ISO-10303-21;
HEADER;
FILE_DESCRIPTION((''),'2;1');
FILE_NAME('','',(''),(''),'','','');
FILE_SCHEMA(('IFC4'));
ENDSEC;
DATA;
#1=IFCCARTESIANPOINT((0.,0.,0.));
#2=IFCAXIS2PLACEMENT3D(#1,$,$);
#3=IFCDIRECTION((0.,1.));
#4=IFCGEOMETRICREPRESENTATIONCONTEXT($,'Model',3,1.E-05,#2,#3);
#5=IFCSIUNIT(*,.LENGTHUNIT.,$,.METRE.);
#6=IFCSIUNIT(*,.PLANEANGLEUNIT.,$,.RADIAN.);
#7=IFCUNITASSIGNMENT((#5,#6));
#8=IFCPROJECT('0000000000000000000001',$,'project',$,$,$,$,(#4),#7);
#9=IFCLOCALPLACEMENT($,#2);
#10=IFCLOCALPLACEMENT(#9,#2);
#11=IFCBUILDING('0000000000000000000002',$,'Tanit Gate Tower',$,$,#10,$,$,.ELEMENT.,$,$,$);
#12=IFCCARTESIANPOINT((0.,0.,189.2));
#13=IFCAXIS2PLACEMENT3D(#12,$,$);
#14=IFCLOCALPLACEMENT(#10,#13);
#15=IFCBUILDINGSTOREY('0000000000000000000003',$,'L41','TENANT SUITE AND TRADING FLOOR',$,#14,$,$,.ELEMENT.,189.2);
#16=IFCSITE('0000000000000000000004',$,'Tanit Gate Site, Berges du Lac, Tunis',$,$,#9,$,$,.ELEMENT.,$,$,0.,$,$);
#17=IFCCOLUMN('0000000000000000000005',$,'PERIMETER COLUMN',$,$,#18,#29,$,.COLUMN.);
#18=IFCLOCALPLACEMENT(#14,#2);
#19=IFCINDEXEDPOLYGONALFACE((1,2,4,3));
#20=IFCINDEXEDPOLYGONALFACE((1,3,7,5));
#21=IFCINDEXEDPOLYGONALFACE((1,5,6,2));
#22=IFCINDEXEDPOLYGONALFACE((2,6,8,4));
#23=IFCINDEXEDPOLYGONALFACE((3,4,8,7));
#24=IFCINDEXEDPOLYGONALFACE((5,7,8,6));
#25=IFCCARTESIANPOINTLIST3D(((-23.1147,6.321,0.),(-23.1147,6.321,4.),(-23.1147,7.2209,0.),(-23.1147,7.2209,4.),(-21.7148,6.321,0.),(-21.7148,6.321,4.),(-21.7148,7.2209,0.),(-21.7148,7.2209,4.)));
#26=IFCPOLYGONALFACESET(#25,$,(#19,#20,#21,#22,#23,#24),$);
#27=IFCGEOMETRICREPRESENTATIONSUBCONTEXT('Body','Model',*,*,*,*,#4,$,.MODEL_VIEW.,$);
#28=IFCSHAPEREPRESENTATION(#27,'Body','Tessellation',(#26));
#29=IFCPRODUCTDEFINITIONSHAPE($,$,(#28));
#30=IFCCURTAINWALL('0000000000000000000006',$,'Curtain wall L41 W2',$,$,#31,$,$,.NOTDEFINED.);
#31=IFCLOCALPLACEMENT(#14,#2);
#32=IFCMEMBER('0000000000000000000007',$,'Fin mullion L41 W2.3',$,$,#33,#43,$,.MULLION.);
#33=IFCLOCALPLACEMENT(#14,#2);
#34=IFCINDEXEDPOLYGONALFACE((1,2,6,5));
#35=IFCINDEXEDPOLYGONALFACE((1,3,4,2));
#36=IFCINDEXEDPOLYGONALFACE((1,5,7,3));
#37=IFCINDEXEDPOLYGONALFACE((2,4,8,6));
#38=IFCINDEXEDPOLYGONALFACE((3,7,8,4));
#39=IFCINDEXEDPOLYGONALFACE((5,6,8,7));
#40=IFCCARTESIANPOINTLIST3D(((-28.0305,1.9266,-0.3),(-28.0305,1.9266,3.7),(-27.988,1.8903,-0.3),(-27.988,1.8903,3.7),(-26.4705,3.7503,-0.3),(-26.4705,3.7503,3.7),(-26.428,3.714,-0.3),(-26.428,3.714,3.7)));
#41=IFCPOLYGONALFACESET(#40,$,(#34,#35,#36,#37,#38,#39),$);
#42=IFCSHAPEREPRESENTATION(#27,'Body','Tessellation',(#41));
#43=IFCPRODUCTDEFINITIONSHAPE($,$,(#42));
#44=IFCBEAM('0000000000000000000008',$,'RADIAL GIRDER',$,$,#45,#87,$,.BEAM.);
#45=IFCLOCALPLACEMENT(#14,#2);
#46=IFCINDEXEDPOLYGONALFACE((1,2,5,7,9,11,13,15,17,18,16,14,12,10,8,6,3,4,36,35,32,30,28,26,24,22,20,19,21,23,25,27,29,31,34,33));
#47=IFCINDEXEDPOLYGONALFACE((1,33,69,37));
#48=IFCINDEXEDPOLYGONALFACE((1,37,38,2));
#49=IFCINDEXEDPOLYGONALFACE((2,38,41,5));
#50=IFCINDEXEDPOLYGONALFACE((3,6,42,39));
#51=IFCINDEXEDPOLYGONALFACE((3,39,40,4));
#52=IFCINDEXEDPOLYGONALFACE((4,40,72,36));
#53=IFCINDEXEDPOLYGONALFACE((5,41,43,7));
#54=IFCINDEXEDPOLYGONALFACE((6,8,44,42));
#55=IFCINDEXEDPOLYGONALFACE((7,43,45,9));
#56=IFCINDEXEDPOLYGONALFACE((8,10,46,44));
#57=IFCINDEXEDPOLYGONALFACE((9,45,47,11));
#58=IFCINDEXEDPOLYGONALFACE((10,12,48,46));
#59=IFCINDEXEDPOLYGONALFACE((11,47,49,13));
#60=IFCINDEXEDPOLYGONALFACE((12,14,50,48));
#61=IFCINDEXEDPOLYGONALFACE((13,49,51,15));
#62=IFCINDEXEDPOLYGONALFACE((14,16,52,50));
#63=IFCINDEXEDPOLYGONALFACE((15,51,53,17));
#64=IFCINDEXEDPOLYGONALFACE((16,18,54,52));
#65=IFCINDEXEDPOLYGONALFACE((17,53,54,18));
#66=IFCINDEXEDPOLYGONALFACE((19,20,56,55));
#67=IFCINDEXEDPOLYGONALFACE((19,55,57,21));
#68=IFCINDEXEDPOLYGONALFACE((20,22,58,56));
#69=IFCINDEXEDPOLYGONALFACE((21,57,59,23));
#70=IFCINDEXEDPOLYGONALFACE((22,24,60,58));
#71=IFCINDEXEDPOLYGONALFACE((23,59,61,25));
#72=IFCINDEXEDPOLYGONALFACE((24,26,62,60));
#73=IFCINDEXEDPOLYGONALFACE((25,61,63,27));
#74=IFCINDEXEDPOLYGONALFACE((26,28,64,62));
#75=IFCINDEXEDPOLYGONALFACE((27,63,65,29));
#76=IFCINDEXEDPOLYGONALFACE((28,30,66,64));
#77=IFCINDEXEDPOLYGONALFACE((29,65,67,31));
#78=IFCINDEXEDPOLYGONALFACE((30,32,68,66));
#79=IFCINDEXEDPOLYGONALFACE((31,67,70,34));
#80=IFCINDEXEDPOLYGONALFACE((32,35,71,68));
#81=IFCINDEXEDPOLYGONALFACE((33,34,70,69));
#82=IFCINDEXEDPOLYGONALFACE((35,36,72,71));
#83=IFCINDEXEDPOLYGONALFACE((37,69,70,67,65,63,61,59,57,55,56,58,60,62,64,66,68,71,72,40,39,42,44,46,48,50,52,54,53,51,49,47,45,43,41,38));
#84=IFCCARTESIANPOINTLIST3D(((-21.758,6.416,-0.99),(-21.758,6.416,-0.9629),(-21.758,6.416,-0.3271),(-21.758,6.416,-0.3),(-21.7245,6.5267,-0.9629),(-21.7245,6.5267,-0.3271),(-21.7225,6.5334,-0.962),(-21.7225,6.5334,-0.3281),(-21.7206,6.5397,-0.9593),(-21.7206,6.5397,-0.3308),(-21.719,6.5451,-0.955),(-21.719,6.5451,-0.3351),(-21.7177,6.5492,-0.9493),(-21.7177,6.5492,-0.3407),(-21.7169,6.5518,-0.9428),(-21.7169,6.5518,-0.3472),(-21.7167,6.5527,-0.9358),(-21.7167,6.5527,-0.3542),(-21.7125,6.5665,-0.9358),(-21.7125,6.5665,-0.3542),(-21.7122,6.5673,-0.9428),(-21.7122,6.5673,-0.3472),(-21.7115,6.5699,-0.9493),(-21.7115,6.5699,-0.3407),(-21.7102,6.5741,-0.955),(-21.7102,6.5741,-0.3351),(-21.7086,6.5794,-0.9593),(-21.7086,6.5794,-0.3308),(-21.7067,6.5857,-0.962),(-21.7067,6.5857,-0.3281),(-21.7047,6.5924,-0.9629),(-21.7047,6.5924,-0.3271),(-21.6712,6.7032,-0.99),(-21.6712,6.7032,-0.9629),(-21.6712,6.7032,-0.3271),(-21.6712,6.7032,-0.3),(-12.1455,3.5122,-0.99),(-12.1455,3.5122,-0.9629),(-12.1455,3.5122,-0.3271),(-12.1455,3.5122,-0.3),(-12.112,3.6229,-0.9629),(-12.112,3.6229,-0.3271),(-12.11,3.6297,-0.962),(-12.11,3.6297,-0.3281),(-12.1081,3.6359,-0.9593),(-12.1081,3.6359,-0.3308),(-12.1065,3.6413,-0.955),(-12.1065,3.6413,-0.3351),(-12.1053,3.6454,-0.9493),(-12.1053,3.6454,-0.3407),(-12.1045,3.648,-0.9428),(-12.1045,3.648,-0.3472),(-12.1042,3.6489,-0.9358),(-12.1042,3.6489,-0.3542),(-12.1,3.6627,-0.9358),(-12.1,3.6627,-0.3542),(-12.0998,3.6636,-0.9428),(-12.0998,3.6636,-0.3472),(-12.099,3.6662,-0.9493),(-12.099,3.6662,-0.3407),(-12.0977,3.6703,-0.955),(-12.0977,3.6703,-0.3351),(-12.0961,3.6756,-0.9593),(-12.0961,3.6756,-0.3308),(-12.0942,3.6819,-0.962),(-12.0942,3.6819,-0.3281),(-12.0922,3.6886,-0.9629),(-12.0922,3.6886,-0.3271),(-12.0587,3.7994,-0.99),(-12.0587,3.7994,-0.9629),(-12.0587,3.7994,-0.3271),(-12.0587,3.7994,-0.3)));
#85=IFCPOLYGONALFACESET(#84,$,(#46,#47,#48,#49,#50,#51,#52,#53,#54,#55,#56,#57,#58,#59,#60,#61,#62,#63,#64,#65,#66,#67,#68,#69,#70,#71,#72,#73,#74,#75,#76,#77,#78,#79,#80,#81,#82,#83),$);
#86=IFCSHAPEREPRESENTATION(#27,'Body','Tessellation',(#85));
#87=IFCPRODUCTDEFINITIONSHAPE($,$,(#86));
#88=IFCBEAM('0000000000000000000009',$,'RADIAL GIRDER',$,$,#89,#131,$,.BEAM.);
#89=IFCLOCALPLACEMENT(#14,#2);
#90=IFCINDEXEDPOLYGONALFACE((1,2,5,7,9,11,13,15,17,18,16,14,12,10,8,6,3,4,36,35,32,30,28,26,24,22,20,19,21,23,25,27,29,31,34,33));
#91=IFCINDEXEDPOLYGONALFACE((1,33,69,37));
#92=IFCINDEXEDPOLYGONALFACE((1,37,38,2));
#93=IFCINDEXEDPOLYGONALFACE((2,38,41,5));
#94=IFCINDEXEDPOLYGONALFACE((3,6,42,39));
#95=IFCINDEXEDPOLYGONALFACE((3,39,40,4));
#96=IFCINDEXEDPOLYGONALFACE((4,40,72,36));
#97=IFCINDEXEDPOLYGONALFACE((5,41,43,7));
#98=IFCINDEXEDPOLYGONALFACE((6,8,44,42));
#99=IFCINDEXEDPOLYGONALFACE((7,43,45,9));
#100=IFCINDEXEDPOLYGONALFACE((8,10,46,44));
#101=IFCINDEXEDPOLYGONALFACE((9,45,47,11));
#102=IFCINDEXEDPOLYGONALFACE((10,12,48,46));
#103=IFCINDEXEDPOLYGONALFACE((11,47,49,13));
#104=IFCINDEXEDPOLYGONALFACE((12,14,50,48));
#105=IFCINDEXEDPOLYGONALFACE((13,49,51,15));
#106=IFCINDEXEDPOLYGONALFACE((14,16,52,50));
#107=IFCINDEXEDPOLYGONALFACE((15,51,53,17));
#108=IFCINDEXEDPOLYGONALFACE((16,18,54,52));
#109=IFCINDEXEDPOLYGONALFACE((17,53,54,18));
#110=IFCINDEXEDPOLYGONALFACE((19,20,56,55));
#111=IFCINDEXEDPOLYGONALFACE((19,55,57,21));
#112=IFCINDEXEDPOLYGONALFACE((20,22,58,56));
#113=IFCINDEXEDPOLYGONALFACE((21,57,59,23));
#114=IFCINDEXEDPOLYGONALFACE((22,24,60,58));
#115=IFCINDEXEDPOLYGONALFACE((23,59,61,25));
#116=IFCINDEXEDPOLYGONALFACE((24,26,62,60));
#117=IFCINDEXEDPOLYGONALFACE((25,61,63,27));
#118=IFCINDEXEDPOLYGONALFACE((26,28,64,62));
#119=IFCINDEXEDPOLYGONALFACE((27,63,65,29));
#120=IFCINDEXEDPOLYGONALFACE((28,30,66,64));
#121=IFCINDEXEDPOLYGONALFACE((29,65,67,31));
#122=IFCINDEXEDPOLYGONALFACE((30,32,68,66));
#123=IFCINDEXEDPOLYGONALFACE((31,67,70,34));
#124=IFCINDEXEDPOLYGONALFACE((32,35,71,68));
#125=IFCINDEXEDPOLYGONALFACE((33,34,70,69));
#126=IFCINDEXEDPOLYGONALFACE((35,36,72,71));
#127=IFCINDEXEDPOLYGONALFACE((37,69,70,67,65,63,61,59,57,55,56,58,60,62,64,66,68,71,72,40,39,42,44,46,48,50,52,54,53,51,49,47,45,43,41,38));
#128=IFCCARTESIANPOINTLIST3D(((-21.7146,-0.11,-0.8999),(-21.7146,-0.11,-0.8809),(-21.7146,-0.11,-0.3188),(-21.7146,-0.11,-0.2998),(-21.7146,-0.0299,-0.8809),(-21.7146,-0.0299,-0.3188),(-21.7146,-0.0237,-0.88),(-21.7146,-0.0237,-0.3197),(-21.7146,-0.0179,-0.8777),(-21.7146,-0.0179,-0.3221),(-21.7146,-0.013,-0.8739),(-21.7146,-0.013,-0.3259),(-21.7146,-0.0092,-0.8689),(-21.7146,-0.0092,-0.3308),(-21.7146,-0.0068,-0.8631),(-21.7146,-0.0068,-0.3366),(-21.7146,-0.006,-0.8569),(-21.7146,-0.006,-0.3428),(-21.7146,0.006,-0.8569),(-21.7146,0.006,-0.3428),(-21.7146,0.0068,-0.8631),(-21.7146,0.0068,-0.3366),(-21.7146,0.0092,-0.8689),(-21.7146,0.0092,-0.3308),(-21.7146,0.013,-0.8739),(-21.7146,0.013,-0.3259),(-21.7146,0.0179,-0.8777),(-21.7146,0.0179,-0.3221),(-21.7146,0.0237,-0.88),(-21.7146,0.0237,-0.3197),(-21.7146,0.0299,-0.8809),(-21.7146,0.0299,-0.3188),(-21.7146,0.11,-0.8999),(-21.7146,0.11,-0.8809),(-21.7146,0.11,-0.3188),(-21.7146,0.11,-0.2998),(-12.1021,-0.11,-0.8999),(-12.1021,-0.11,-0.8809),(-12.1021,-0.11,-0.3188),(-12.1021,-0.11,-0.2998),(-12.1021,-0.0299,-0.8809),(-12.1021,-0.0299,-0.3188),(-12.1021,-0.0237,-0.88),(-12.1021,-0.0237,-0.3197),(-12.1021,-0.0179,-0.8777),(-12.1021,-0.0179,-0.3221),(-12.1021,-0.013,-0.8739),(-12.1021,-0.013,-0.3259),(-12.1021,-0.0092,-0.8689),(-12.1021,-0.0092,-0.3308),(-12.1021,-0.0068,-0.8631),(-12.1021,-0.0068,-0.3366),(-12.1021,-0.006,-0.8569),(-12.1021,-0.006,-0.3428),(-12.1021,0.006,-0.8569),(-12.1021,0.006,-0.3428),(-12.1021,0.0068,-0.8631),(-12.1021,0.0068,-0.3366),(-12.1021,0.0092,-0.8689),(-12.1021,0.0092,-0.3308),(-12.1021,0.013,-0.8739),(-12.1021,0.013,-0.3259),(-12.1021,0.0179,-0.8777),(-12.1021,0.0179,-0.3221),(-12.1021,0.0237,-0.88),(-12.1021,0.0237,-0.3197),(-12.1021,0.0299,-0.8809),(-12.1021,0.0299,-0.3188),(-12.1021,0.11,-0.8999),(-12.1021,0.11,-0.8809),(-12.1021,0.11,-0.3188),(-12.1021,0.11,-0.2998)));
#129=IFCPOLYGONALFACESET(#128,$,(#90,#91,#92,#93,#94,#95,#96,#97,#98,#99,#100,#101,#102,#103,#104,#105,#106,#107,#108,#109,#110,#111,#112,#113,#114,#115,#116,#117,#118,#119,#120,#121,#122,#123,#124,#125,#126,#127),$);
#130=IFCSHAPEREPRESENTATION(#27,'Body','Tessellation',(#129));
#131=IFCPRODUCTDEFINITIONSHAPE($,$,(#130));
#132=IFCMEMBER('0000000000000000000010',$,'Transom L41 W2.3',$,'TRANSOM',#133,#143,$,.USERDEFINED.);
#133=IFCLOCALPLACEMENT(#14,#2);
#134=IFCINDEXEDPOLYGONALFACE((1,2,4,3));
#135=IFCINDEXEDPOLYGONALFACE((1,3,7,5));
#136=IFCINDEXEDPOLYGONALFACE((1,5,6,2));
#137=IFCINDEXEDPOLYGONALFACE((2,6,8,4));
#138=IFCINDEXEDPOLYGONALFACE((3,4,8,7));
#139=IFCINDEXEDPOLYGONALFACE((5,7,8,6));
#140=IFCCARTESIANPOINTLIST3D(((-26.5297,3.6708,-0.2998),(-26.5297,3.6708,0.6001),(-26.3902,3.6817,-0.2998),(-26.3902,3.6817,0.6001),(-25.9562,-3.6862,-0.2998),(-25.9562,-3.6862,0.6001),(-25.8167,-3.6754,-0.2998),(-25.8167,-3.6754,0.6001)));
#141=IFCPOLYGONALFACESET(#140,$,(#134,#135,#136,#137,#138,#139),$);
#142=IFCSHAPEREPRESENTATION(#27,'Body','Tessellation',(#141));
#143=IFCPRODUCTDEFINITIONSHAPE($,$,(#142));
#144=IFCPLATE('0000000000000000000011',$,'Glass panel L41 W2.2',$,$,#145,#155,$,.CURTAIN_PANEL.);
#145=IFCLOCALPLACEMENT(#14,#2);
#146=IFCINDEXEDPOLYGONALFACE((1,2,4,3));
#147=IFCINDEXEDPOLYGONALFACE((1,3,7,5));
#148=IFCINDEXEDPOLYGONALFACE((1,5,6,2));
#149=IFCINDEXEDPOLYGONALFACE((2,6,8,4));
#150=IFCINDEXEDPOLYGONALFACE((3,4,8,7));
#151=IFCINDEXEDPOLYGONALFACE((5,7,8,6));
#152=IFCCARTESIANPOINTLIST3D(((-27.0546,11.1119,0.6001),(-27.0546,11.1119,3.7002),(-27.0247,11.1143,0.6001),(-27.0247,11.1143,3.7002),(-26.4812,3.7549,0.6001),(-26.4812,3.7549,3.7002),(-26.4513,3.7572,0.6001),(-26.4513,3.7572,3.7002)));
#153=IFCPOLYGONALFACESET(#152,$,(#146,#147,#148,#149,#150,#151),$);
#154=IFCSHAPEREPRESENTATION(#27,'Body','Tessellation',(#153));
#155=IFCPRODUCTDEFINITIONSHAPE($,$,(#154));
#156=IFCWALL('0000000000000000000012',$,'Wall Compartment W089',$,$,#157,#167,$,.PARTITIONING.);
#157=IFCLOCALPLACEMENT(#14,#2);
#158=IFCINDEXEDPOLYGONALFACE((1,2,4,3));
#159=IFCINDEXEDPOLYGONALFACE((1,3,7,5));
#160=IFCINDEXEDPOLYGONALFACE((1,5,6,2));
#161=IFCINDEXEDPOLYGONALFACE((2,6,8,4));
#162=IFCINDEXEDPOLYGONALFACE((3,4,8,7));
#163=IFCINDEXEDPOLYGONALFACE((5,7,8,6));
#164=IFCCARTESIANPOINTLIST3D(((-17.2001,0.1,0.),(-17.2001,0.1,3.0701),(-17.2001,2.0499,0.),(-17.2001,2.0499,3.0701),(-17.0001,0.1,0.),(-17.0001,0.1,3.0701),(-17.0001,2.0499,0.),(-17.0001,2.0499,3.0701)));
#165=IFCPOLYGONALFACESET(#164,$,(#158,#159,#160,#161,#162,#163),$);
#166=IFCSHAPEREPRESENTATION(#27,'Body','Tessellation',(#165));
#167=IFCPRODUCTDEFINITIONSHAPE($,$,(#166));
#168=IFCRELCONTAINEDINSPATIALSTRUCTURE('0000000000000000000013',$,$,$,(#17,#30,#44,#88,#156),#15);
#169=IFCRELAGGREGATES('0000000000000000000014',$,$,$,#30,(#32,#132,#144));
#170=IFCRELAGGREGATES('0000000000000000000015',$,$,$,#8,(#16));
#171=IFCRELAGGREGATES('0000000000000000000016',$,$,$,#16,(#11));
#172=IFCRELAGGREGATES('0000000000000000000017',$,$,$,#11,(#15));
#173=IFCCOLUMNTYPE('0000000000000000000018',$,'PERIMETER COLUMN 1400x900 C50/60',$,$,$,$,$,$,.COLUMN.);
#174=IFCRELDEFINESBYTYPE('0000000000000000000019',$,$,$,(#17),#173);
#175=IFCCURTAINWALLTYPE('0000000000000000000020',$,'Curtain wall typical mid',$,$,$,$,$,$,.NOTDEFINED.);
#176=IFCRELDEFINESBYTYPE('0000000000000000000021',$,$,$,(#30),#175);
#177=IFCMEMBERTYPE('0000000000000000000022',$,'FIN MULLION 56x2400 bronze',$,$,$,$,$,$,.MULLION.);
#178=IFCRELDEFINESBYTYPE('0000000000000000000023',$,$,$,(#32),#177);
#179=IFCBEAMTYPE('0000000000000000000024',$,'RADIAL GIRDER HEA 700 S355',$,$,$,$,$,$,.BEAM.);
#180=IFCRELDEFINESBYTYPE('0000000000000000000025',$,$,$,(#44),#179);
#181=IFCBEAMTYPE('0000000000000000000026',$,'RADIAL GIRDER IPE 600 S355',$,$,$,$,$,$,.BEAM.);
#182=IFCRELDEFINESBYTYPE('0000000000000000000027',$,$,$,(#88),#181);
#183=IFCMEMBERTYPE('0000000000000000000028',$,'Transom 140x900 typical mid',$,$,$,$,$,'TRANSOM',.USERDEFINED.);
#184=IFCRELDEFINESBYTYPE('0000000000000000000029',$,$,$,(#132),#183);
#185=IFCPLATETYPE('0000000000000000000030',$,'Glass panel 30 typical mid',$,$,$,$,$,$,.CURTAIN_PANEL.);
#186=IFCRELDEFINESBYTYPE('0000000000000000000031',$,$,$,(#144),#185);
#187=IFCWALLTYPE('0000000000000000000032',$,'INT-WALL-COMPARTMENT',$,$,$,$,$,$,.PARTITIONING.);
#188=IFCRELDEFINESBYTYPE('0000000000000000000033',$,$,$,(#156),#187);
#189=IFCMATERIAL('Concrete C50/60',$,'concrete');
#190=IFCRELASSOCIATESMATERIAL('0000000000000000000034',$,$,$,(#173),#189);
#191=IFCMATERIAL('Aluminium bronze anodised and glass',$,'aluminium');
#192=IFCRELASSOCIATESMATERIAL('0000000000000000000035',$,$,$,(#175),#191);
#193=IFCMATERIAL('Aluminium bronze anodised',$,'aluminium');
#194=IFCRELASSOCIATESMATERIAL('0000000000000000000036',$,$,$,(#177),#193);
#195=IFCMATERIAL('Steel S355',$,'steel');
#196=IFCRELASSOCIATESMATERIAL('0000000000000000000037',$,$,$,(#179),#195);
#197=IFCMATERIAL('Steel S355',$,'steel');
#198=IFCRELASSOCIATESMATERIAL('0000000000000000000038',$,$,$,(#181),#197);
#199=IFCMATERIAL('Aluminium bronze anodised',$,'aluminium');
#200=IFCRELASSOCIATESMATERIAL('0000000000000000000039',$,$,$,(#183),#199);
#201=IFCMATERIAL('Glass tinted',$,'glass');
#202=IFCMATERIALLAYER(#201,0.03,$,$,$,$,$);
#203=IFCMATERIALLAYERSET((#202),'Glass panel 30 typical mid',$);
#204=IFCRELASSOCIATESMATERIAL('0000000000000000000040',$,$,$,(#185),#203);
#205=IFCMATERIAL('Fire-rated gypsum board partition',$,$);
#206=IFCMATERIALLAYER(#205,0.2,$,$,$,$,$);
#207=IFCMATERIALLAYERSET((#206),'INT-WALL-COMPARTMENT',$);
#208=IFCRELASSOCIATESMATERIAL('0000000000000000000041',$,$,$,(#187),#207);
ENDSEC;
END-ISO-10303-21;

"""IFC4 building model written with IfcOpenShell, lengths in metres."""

from ifc_helpers import new_model, si_unit, direction, frame, frame_2d, origin, origin_2d, place, context, subcontext, project, spatial, rectangle, i_section, extrude, material, layer, layer_set, material_profile, profile_set, type_object, element, aggregate, save


model = new_model("IFC4")

# Units and contexts
model_context = context("Model", 3, precision=1e-05, world=origin(), true_north=direction((0.0, 1.0)))
body_context = subcontext(model_context, "Body", "Model", "MODEL_VIEW")
ifc_project = project(units=[si_unit("LENGTHUNIT", "METRE"), si_unit("PLANEANGLEUNIT", "RADIAN")], contexts=[model_context])

# Site, building, storey
site_placement = place(None, origin())
site = spatial("IfcSite", under=ifc_project, at=site_placement, Name="Tanit Gate Site, Berges du Lac, Tunis", CompositionType="ELEMENT", RefElevation=0.0)
building_placement = place(site_placement, origin())
building = spatial("IfcBuilding", under=site, at=building_placement, Name="Tanit Gate Tower", CompositionType="ELEMENT")
storey_placement = place(building_placement, frame((0.0, 0.0, 189.2)))
storey = spatial("IfcBuildingStorey", under=building, at=storey_placement, Name="L41", Description="TENANT SUITE AND TRADING FLOOR", CompositionType="ELEMENT", Elevation=189.2)

# Column
ifc_material_1 = material(Name="Concrete C50/60", Category="concrete")
ifc_material_profile_1 = material_profile(ifc_material_1, rectangle(XDim=1.3999, YDim=0.8999, at=origin_2d()), Name="RC 1400x900")
ifc_profile_set_1 = profile_set([ifc_material_profile_1], Name="Concrete C50/60")
column_type = type_object("IfcColumnType", Name="PERIMETER COLUMN 1400x900 C50/60", PredefinedType="COLUMN", material=ifc_profile_set_1)
column_placement = place(storey_placement, frame((-22.4148, 6.771, 0.0), z_axis=(0.0, 0.0, 1.0), x_axis=(-1.0, 0.0, 0.0)))
element("IfcColumn", 1, at=column_placement, inside=storey, type_object=column_type, Name="PERIMETER COLUMN", PredefinedType="COLUMN", context=body_context, shape_type="SweptSolid", body=[
    extrude(rectangle(XDim=1.3999, YDim=0.8999, at=origin_2d()), origin(), (0.0, 0.0, 1.0), 4.0),
])

# Curtain wall, member
ifc_material_2 = material(Name="Aluminium bronze anodised and glass", Category="aluminium")
curtain_wall_type = type_object("IfcCurtainWallType", Name="Curtain wall typical mid", PredefinedType="NOTDEFINED", material=ifc_material_2)
curtain_wall_placement = place(storey_placement, origin())
curtain_wall = element("IfcCurtainWall", 2, at=curtain_wall_placement, inside=storey, type_object=curtain_wall_type, Name="Curtain wall L41 W2", PredefinedType="NOTDEFINED")
ifc_material_3 = material(Name="Aluminium bronze anodised", Category="aluminium")
ifc_material_profile_2 = material_profile(ifc_material_3, rectangle(XDim=2.3999, YDim=0.0559, at=origin_2d()), Name="56x2400 bronze fin mullion")
ifc_profile_set_2 = profile_set([ifc_material_profile_2], Name="Aluminium bronze anodised")
member_type_1 = type_object("IfcMemberType", Name="FIN MULLION 56x2400 bronze", PredefinedType="MULLION", material=ifc_profile_set_2)
member_1_placement = place(storey_placement, frame((-27.2292, 2.8203, -0.3), z_axis=(0.0, 0.0, 1.0), x_axis=(0.650026, 0.759912, 0.0)))
member_1 = element("IfcMember", 3, at=member_1_placement, type_object=member_type_1, Name="Fin mullion L41 W2.3", PredefinedType="MULLION", context=body_context, shape_type="SweptSolid", body=[
    extrude(rectangle(XDim=2.3999, YDim=0.0559, at=origin_2d()), origin(), (0.0, 0.0, 1.0), 4.0),
])

# Beams
ifc_material_4 = material(Name="Steel S355", Category="steel")
ifc_material_profile_3 = material_profile(ifc_material_4, i_section(OverallWidth=0.3, OverallDepth=0.6899, WebThickness=0.0144, FlangeThickness=0.0271, FilletRadius=0.0271, at=origin_2d()), Name="HEA 700")
ifc_profile_set_3 = profile_set([ifc_material_profile_3], Name="Steel S355")
beam_type_1 = type_object("IfcBeamType", Name="RADIAL GIRDER HEA 700 S355", PredefinedType="BEAM", material=ifc_profile_set_3)
beam_1_placement = place(storey_placement, frame((-21.7146, 6.5596, -0.645), z_axis=(0.957275, -0.289179, 0.0), x_axis=(0.289179, 0.957275, 0.0)))
element("IfcBeam", 4, at=beam_1_placement, inside=storey, type_object=beam_type_1, Name="RADIAL GIRDER", PredefinedType="BEAM", context=body_context, shape_type="SweptSolid", body=[
    extrude(i_section(OverallWidth=0.3, OverallDepth=0.6899, WebThickness=0.0144, FlangeThickness=0.0271, FilletRadius=0.0271, at=origin_2d()), origin(), (0.0, 0.0, 1.0), 10.0415),
])
ifc_material_5 = material(Name="Steel S355", Category="steel")
ifc_material_profile_4 = material_profile(ifc_material_5, i_section(OverallWidth=0.22, OverallDepth=0.6001, WebThickness=0.012, FlangeThickness=0.019, FilletRadius=0.0239, at=origin_2d()), Name="IPE 600")
ifc_profile_set_4 = profile_set([ifc_material_profile_4], Name="Steel S355")
beam_type_2 = type_object("IfcBeamType", Name="RADIAL GIRDER IPE 600 S355", PredefinedType="BEAM", material=ifc_profile_set_4)
beam_2_placement = place(storey_placement, frame((-21.7146, 0.0, -0.5999), z_axis=(1.0, 0.0, 0.0), x_axis=(0.0, 1.0, 0.0)))
element("IfcBeam", 5, at=beam_2_placement, inside=storey, type_object=beam_type_2, Name="RADIAL GIRDER", PredefinedType="BEAM", context=body_context, shape_type="SweptSolid", body=[
    extrude(i_section(OverallWidth=0.22, OverallDepth=0.6001, WebThickness=0.012, FlangeThickness=0.019, FilletRadius=0.0239, at=origin_2d()), origin(), (0.0, 0.0, 1.0), 9.6125),
])

# Member
ifc_material_6 = material(Name="Aluminium bronze anodised", Category="aluminium")
ifc_material_profile_5 = material_profile(ifc_material_6, rectangle(XDim=0.1399, YDim=0.8999, at=origin_2d()), Name="140x900 bronze transom")
ifc_profile_set_5 = profile_set([ifc_material_profile_5], Name="Aluminium bronze anodised")
member_type_2 = type_object("IfcMemberType", Name="Transom 140x900 typical mid", ElementType="TRANSOM", PredefinedType="USERDEFINED", material=ifc_profile_set_5)
member_2_placement = place(storey_placement, frame((-26.46, 3.6763, 0.1501), z_axis=(0.077713, -0.996976, 0.0), x_axis=(0.996976, 0.077713, 0.0)))
member_2 = element("IfcMember", 6, at=member_2_placement, type_object=member_type_2, Name="Transom L41 W2.3", ObjectType="TRANSOM", PredefinedType="USERDEFINED", context=body_context, shape_type="SweptSolid", body=[
    extrude(rectangle(XDim=0.1399, YDim=0.8999, at=origin_2d()), origin(), (0.0, 0.0, 1.0), 7.3794),
])

# Plate
ifc_material_7 = material(Name="Glass tinted", Category="glass")
ifc_layer_1 = layer(ifc_material_7, 0.03)
ifc_layer_set_1 = layer_set([ifc_layer_1], Name="Glass panel 30 typical mid")
plate_type = type_object("IfcPlateType", Name="Glass panel 30 typical mid", PredefinedType="CURTAIN_PANEL", material=ifc_layer_set_1)
plate_placement = place(storey_placement, frame((-26.7529, 7.4346, 0.6001), z_axis=(0.0, 0.0, 1.0), x_axis=(0.077701, -0.996977, 0.0)))
plate = element("IfcPlate", 7, at=plate_placement, type_object=plate_type, Name="Glass panel L41 W2.2", PredefinedType="CURTAIN_PANEL", context=body_context, shape_type="SweptSolid", body=[
    extrude(rectangle(XDim=7.3794, YDim=0.03, at=origin_2d()), origin(), (0.0, 0.0, 1.0), 3.1001),
])
aggregate(curtain_wall, [member_1, member_2, plate])

# Wall
ifc_material_8 = material(Name="Fire-rated gypsum board partition")
ifc_layer_2 = layer(ifc_material_8, 0.2)
ifc_layer_set_2 = layer_set([ifc_layer_2], Name="INT-WALL-COMPARTMENT")
wall_type_1 = type_object("IfcWallType", Name="INT-WALL-COMPARTMENT", PredefinedType="PARTITIONING", material=ifc_layer_set_2)
wall_1_placement = place(storey_placement, frame((-17.1001, 2.05, 0.0), z_axis=(0.0, 0.0, 1.0), x_axis=(0.0, -1.0, 0.0)))
element("IfcWall", 8, at=wall_1_placement, inside=storey, type_object=wall_type_1, Name="Wall Compartment W089", PredefinedType="PARTITIONING", context=body_context, shape_type="SweptSolid", body=[
    extrude(rectangle(XDim=1.95, YDim=0.2, at=frame_2d((0.9751, 0.0))), origin(), (0.0, 0.0, 1.0), 3.0701),
])

save(model, "model.ifc")
